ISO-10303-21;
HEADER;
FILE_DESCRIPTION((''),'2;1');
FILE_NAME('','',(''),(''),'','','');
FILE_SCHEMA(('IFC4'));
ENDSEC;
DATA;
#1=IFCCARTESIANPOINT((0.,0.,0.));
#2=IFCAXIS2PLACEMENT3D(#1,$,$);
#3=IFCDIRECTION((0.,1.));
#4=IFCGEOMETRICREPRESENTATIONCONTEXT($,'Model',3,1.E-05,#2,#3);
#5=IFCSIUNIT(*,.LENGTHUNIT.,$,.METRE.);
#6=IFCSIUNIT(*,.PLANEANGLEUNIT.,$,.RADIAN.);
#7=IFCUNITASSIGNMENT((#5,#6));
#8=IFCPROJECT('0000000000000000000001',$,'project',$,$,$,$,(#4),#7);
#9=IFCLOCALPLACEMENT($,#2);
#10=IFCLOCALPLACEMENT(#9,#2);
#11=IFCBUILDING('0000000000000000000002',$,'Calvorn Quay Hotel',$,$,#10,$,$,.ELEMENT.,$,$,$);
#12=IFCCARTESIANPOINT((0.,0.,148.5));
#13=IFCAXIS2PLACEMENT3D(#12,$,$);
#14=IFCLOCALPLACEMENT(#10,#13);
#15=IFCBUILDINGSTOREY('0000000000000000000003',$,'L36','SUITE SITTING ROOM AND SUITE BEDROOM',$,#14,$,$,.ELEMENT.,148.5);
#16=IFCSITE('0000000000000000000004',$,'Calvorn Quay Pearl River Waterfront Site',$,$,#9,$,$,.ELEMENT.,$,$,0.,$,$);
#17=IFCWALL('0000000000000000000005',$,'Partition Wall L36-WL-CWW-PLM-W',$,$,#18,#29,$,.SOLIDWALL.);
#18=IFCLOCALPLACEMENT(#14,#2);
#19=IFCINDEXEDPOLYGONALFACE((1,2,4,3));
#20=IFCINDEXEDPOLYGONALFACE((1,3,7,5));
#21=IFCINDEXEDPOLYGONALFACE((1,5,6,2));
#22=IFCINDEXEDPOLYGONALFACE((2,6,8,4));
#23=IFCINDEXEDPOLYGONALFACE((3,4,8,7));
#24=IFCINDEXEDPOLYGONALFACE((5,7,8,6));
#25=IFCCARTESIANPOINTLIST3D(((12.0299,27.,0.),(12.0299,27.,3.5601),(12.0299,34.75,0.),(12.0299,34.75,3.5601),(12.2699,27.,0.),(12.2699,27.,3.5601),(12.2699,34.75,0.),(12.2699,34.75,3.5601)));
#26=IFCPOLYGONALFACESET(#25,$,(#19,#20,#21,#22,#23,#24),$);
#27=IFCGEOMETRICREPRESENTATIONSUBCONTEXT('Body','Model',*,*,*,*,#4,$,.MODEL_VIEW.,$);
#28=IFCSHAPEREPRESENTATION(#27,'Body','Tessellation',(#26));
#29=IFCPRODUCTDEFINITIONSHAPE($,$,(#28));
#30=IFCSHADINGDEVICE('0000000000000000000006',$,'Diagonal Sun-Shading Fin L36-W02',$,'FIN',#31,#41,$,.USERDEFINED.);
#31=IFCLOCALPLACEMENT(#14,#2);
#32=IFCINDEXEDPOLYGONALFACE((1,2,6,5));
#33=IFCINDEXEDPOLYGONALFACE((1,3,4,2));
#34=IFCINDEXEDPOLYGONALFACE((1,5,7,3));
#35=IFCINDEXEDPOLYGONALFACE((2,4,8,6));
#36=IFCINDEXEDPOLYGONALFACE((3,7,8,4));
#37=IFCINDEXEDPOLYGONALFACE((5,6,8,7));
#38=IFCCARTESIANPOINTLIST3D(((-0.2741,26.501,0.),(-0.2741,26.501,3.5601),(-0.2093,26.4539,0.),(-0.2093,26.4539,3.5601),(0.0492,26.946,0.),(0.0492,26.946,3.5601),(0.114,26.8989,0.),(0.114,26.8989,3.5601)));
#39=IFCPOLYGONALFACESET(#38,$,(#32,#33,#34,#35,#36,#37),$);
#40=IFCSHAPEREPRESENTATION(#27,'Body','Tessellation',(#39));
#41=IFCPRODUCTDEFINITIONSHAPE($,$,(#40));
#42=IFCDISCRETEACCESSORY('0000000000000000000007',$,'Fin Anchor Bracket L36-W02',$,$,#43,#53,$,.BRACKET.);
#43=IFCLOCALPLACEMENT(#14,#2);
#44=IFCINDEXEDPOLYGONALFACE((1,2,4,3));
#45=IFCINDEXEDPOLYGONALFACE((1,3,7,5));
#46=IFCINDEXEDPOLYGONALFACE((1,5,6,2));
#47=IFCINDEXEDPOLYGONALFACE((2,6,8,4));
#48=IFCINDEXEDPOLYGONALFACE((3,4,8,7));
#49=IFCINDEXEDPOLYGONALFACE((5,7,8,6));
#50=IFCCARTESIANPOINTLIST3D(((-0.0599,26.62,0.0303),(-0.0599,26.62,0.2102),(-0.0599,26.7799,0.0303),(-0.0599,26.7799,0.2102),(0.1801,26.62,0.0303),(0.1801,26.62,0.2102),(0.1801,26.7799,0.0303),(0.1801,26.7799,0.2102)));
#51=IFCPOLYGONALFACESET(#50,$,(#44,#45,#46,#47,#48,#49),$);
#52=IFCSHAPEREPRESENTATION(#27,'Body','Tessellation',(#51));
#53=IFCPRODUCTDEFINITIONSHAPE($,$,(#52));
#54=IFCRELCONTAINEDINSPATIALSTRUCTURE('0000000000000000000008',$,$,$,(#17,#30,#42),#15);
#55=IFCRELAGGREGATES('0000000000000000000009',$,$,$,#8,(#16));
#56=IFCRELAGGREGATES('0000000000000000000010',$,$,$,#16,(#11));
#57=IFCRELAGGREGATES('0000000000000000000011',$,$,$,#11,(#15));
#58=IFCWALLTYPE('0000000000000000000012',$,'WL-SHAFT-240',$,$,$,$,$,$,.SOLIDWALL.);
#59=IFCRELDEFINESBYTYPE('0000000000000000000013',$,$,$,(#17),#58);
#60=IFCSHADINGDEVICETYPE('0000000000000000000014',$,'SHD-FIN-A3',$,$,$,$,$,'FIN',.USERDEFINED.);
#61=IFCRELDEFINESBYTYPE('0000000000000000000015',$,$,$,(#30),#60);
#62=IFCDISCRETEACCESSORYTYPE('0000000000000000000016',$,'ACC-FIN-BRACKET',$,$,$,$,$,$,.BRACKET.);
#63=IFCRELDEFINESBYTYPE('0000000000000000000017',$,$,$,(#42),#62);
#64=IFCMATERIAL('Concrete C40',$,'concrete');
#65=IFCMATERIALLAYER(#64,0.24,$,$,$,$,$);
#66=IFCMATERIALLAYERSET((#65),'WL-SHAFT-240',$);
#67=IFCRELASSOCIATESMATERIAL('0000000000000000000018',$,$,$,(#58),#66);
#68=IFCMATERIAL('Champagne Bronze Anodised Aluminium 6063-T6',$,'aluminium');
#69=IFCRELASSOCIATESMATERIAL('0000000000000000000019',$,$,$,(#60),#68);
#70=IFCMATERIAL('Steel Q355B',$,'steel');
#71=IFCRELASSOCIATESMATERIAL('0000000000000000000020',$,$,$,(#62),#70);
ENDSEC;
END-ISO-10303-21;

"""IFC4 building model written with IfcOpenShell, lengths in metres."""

from ifc_helpers import new_model, si_unit, direction, frame, frame_2d, origin, origin_2d, place, context, subcontext, project, spatial, rectangle, extrude, material, layer, layer_set, type_object, element, save


model = new_model("IFC4")

# Units and contexts
model_context = context("Model", 3, precision=1e-05, world=origin(), true_north=direction((0.0, 1.0)))
body_context = subcontext(model_context, "Body", "Model", "MODEL_VIEW")
ifc_project = project(units=[si_unit("LENGTHUNIT", "METRE"), si_unit("PLANEANGLEUNIT", "RADIAN")], contexts=[model_context])

# Site, building, storey
site_placement = place(None, origin())
site = spatial("IfcSite", under=ifc_project, at=site_placement, Name="Calvorn Quay Pearl River Waterfront Site", CompositionType="ELEMENT", RefElevation=0.0)
building_placement = place(site_placement, origin())
building = spatial("IfcBuilding", under=site, at=building_placement, Name="Calvorn Quay Hotel", CompositionType="ELEMENT")
storey_placement = place(building_placement, frame((0.0, 0.0, 148.5)))
storey = spatial("IfcBuildingStorey", under=building, at=storey_placement, Name="L36", Description="SUITE SITTING ROOM AND SUITE BEDROOM", CompositionType="ELEMENT", Elevation=148.5)

# Shared definitions
ifc_material_1 = material(Name="Concrete C40", Category="concrete")
ifc_layer_1 = layer(ifc_material_1, 0.24)
ifc_layer_set_1 = layer_set([ifc_layer_1], Name="WL-SHAFT-240")
wall_type_1 = type_object("IfcWallType", Name="WL-SHAFT-240", PredefinedType="SOLIDWALL", material=ifc_layer_set_1)

# Wall
wall_1_placement = place(storey_placement, frame((12.1499, 27.0, 0.0), z_axis=(0.0, 0.0, 1.0), x_axis=(0.0, 1.0, 0.0)))
element("IfcWall", 1, at=wall_1_placement, inside=storey, type_object=wall_type_1, Name="Partition Wall L36-WL-CWW-PLM-W", PredefinedType="SOLIDWALL", context=body_context, shape_type="SweptSolid", body=[
    extrude(rectangle(XDim=7.75, YDim=0.24, at=frame_2d((3.875, 0.0))), origin(), (0.0, 0.0, 1.0), 3.5601),
])

# Shading device
ifc_material_2 = material(Name="Champagne Bronze Anodised Aluminium 6063-T6", Category="aluminium")
shading_device_type = type_object("IfcShadingDeviceType", Name="SHD-FIN-A3", ElementType="FIN", PredefinedType="USERDEFINED", material=ifc_material_2)
shading_device_placement = place(storey_placement, frame((-0.0801, 26.7, 0.0), z_axis=(0.0, 0.0, 1.0), x_axis=(0.587785, 0.809017, 0.0)))
element("IfcShadingDevice", 2, at=shading_device_placement, inside=storey, type_object=shading_device_type, Name="Diagonal Sun-Shading Fin L36-W02", ObjectType="FIN", PredefinedType="USERDEFINED", context=body_context, shape_type="SweptSolid", body=[
    extrude(rectangle(XDim=0.55, YDim=0.0801, at=origin_2d()), origin(), (0.0, 0.0, 1.0), 3.5601),
])

# Discrete accessory
ifc_material_3 = material(Name="Steel Q355B", Category="steel")
discrete_accessory_type = type_object("IfcDiscreteAccessoryType", Name="ACC-FIN-BRACKET", PredefinedType="BRACKET", material=ifc_material_3)
discrete_accessory_placement = place(storey_placement, frame((0.0601, 26.7, 0.0303), z_axis=(0.0, 0.0, 1.0), x_axis=(1.0, 0.0, 0.0)))
element("IfcDiscreteAccessory", 3, at=discrete_accessory_placement, inside=storey, type_object=discrete_accessory_type, Name="Fin Anchor Bracket L36-W02", PredefinedType="BRACKET", context=body_context, shape_type="SweptSolid", body=[
    extrude(rectangle(XDim=0.24, YDim=0.1599, at=origin_2d()), origin(), (0.0, 0.0, 1.0), 0.1799),
])

save(model, "model.ifc")
